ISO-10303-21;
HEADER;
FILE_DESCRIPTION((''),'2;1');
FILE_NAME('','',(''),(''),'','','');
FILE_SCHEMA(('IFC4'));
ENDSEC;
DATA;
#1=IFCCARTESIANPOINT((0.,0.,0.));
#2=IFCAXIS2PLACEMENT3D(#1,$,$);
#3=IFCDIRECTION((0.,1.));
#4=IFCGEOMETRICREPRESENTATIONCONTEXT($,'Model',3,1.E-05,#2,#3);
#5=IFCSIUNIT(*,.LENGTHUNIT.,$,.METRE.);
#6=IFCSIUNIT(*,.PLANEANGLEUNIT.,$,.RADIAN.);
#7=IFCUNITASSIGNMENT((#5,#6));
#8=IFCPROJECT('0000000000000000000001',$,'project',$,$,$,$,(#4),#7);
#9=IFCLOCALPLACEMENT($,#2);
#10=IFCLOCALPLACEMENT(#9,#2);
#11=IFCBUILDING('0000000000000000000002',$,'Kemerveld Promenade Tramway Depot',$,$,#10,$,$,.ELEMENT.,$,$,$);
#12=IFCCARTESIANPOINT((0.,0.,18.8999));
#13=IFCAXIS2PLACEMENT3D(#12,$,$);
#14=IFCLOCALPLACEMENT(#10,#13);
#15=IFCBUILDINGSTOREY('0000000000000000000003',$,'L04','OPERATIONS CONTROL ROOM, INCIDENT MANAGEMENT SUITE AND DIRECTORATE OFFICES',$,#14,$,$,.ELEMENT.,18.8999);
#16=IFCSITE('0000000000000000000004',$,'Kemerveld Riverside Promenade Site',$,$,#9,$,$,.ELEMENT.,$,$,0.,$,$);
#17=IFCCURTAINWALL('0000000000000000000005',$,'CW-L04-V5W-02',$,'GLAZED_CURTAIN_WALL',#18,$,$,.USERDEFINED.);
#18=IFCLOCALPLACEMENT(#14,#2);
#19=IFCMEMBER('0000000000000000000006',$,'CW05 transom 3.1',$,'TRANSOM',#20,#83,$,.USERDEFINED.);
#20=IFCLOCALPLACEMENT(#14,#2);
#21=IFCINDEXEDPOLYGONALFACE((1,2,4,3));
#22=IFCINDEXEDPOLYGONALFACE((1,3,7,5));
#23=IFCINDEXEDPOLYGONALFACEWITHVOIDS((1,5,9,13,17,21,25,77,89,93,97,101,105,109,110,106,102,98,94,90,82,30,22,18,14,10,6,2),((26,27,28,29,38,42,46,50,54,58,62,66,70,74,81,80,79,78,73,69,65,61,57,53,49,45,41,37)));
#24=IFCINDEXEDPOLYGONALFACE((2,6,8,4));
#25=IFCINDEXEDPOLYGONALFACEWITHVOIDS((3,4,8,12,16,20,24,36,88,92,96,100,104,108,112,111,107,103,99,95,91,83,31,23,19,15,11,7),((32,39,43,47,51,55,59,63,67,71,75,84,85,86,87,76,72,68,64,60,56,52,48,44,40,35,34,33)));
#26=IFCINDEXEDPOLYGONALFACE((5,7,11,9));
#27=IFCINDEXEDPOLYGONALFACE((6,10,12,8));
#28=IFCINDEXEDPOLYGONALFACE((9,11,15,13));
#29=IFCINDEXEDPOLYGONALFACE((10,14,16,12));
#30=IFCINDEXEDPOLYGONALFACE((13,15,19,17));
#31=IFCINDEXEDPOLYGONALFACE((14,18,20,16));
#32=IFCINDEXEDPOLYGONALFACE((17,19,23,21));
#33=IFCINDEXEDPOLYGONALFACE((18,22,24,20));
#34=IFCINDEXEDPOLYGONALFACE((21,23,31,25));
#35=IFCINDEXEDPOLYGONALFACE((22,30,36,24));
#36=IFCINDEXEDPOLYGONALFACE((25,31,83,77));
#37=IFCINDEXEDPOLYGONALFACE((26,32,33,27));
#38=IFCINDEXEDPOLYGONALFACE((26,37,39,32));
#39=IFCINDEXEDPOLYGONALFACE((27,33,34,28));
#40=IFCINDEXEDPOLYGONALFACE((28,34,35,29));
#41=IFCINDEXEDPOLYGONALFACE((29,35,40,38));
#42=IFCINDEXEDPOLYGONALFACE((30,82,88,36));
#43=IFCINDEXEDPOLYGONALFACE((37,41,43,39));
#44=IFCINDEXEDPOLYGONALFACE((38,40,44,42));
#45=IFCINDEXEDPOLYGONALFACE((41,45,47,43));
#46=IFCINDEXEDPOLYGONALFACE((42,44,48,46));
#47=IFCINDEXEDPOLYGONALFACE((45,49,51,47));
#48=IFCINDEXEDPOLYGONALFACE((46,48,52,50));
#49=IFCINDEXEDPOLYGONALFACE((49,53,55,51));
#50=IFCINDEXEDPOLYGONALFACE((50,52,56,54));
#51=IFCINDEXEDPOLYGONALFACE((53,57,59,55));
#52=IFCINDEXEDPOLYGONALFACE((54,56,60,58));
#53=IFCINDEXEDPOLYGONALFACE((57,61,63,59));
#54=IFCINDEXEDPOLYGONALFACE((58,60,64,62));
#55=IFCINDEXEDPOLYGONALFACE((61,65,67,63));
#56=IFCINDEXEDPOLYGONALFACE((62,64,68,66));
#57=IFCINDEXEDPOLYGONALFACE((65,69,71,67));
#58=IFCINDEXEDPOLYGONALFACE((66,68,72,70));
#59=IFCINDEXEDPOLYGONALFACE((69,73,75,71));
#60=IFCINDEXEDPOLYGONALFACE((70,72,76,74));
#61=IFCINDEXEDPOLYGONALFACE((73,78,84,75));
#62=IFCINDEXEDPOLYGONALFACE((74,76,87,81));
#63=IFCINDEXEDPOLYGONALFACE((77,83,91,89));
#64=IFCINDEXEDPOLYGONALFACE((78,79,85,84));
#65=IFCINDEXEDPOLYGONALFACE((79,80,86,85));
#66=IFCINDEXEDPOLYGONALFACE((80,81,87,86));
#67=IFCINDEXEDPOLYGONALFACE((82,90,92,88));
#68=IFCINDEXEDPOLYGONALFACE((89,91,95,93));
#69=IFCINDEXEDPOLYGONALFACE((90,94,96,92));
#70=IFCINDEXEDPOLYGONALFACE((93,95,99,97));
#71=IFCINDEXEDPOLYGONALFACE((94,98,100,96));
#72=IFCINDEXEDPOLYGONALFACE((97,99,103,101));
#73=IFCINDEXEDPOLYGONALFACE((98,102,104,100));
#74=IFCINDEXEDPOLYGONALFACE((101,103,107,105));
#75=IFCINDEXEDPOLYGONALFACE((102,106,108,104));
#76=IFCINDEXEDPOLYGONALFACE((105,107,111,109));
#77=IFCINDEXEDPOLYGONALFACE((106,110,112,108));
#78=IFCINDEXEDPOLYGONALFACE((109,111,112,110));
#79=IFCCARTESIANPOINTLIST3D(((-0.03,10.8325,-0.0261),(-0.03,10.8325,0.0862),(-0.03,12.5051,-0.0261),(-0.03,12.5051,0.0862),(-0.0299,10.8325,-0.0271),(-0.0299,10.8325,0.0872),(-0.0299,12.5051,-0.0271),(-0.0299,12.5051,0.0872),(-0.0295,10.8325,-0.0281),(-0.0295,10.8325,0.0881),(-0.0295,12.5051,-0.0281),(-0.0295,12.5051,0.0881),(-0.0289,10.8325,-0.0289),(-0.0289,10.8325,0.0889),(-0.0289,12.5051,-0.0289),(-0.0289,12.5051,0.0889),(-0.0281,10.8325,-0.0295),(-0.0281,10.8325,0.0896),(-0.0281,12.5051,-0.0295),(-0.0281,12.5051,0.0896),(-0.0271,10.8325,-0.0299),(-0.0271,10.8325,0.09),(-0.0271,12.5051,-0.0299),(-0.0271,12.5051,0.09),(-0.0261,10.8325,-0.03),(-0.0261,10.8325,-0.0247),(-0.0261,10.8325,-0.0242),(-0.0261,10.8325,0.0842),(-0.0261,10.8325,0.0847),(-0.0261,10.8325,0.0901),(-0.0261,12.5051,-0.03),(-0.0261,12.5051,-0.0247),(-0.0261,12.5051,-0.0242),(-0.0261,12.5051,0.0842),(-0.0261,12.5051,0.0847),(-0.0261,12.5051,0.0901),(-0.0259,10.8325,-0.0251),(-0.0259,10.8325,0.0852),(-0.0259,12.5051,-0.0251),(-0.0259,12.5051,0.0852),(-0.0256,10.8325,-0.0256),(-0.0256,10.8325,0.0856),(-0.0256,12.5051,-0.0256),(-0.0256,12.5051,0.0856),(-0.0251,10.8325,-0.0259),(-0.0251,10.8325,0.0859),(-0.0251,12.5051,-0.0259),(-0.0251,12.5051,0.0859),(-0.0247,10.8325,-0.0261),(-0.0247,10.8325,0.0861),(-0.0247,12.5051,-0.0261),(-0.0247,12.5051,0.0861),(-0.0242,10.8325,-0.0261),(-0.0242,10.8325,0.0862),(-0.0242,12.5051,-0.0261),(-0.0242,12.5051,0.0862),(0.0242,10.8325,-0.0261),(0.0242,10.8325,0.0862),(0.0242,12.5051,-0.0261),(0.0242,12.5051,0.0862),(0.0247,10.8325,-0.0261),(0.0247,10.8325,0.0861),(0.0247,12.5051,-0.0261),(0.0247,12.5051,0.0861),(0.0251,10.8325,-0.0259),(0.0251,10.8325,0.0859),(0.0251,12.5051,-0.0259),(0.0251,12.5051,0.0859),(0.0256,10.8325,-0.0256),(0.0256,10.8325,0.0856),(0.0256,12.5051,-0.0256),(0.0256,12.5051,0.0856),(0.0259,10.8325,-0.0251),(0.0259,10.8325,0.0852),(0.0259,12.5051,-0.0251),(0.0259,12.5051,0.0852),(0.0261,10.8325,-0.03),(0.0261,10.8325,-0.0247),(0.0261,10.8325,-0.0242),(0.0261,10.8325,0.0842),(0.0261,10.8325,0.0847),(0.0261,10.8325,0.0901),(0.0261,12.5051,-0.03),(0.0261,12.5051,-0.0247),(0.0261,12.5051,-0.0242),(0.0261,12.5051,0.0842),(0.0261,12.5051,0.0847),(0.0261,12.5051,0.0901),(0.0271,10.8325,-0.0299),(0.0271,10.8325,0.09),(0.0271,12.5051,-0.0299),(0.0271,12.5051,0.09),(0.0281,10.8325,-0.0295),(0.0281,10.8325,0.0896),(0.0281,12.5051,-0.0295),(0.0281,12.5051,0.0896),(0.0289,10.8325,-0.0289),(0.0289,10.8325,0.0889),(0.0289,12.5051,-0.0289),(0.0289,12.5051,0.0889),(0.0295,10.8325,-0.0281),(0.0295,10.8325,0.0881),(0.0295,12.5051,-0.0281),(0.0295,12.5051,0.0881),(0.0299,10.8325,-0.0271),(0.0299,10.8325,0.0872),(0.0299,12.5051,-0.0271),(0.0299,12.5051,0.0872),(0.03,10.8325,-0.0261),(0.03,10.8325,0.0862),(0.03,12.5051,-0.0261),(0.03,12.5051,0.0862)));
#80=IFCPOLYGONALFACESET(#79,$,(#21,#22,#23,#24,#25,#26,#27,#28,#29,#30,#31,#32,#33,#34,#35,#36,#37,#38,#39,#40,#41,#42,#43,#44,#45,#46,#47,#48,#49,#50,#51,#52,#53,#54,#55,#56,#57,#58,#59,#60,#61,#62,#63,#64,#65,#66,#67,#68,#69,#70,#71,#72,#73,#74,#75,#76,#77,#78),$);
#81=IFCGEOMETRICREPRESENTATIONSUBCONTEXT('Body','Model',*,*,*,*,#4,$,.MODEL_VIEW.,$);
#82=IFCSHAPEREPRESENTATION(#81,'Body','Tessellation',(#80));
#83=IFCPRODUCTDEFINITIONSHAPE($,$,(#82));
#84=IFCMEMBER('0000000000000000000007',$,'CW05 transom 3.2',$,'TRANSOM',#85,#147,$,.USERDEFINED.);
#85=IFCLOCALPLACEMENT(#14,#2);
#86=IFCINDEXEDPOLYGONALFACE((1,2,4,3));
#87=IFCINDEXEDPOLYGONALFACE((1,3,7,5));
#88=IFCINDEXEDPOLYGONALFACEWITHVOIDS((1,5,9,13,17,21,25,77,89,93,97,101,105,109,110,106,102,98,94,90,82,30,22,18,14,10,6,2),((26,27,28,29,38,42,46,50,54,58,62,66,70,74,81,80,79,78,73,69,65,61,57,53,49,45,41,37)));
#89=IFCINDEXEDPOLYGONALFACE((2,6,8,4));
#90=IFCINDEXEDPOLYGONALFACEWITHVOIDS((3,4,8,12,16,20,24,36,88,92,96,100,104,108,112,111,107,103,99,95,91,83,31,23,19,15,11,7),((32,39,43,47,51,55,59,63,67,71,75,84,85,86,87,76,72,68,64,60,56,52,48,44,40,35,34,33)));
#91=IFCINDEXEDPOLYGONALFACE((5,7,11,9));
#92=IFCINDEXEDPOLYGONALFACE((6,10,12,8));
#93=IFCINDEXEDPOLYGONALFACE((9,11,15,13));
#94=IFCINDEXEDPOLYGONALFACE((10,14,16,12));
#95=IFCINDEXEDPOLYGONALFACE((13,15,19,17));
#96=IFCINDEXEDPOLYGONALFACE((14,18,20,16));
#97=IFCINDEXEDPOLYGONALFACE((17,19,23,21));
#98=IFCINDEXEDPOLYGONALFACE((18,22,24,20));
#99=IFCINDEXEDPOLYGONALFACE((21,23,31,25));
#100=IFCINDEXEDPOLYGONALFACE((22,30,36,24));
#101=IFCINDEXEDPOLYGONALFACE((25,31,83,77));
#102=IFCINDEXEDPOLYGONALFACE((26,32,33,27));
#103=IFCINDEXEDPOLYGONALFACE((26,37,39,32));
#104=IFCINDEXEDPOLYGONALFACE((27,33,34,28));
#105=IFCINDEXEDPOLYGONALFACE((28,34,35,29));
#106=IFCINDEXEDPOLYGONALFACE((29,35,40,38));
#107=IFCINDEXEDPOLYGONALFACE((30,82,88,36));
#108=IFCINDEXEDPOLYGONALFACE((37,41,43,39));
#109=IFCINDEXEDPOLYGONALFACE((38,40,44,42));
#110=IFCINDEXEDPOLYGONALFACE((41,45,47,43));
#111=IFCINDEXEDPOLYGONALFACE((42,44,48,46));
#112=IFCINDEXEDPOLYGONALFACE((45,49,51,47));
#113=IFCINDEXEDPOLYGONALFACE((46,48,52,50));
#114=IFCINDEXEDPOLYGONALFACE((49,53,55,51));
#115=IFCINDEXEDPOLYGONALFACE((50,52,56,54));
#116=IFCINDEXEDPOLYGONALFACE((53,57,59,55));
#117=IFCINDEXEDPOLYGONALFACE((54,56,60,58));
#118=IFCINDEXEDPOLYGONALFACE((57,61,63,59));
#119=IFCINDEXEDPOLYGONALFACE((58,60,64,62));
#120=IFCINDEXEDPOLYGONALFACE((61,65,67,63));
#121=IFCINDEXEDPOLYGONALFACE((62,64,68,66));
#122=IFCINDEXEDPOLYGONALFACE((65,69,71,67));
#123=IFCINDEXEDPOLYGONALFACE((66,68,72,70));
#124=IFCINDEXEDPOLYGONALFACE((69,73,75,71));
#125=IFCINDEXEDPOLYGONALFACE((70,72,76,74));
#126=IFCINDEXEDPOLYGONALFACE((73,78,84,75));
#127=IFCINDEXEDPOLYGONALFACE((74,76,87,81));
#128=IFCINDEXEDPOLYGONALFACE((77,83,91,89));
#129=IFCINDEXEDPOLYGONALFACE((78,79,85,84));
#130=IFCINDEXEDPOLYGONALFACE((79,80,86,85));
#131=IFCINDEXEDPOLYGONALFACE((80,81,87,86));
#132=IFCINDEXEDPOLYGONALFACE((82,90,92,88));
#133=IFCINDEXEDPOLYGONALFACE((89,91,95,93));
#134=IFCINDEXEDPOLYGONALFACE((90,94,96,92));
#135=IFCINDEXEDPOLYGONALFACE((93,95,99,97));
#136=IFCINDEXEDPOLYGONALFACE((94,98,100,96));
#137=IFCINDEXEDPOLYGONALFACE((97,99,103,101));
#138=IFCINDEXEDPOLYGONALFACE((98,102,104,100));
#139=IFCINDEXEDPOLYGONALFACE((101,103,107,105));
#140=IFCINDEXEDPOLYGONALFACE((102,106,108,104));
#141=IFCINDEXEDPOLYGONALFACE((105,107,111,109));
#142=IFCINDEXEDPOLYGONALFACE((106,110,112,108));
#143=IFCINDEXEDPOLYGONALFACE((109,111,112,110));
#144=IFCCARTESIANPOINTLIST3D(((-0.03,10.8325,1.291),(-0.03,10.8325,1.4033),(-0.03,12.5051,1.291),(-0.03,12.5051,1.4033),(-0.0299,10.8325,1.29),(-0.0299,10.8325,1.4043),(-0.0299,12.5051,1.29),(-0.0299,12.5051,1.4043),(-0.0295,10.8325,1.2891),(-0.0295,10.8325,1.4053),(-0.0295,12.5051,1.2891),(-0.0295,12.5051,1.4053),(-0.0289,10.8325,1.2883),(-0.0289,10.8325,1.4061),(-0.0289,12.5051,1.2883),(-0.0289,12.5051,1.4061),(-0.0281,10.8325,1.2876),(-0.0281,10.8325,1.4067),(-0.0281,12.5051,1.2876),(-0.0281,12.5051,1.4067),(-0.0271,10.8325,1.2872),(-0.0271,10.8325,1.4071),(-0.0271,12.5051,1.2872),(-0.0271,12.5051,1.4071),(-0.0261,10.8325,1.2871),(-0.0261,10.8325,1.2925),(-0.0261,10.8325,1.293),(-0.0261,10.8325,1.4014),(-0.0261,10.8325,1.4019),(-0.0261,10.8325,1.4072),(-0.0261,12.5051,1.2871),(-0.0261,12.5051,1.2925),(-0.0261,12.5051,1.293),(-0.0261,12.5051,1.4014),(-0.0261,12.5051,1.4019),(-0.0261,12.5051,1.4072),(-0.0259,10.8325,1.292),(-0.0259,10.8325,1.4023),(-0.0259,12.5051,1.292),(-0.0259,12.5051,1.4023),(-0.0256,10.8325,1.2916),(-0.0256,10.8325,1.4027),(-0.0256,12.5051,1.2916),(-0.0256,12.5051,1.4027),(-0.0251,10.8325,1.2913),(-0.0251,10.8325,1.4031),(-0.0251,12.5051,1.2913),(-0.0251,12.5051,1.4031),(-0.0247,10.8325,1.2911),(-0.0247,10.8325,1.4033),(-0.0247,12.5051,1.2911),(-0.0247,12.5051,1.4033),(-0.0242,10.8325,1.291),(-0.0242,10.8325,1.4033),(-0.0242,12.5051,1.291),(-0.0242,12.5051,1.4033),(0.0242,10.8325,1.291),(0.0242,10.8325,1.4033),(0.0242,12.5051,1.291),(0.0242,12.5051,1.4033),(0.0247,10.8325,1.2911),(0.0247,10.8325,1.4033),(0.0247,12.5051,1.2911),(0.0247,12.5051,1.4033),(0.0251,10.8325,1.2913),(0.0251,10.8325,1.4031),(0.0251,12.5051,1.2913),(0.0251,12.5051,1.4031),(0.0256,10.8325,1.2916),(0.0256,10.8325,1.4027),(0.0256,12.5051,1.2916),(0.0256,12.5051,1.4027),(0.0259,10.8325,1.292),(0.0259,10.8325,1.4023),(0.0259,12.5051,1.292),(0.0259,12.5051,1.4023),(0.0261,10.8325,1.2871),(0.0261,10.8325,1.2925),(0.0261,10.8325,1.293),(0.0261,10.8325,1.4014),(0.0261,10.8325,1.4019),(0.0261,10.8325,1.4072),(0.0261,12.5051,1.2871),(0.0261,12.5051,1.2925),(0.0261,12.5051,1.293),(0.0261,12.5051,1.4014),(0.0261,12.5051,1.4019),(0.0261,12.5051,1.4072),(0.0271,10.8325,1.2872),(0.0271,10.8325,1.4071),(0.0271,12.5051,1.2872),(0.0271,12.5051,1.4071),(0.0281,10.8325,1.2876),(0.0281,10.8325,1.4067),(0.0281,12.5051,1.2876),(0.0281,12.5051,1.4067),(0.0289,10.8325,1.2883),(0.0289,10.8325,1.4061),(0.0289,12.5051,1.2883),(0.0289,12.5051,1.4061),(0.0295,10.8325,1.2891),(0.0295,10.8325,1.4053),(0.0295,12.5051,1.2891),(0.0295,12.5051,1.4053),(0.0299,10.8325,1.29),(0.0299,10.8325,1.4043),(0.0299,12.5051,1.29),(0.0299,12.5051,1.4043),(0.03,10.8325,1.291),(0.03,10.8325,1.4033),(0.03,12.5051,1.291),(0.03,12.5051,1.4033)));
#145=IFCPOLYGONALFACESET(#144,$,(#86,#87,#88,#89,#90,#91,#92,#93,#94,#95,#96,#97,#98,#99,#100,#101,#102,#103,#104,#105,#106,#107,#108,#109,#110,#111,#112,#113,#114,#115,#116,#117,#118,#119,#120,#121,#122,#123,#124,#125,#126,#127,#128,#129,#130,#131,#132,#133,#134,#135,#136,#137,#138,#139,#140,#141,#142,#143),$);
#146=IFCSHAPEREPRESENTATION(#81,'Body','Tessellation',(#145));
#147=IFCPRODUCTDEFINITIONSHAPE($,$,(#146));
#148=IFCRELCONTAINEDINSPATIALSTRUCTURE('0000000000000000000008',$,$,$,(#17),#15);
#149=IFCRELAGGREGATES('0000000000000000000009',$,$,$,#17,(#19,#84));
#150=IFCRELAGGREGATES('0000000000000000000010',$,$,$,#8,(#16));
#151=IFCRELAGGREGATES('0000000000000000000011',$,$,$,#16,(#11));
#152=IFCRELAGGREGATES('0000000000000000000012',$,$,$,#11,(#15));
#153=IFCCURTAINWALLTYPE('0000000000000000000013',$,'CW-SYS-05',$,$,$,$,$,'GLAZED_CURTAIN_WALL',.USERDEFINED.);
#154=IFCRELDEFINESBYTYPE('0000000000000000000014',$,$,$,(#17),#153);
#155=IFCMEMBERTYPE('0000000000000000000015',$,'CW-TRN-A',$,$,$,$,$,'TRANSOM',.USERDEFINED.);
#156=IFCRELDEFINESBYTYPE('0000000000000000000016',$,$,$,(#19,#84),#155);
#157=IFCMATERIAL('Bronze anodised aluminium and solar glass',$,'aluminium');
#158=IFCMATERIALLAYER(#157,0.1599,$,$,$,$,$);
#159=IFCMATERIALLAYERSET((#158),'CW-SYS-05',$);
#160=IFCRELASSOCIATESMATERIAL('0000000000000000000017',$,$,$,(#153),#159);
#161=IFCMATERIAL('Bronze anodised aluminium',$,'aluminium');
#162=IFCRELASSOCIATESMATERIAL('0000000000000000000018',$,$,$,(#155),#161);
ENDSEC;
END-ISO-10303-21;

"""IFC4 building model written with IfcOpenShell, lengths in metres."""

from ifc_helpers import new_model, si_unit, direction, frame, origin, origin_2d, place, context, subcontext, project, spatial, hollow_rectangle, extrude, material, layer, layer_set, material_profile, profile_set, type_object, element, aggregate, save


model = new_model("IFC4")

# Units and contexts
model_context = context("Model", 3, precision=1e-05, world=origin(), true_north=direction((0.0, 1.0)))
body_context = subcontext(model_context, "Body", "Model", "MODEL_VIEW")
ifc_project = project(units=[si_unit("LENGTHUNIT", "METRE"), si_unit("PLANEANGLEUNIT", "RADIAN")], contexts=[model_context])

# Site, building, storey
site_placement = place(None, origin())
site = spatial("IfcSite", under=ifc_project, at=site_placement, Name="Kemerveld Riverside Promenade Site", CompositionType="ELEMENT", RefElevation=0.0)
building_placement = place(site_placement, origin())
building = spatial("IfcBuilding", under=site, at=building_placement, Name="Kemerveld Promenade Tramway Depot", CompositionType="ELEMENT")
storey_placement = place(building_placement, frame((0.0, 0.0, 18.8999)))
storey = spatial("IfcBuildingStorey", under=building, at=storey_placement, Name="L04", Description="OPERATIONS CONTROL ROOM, INCIDENT MANAGEMENT SUITE AND DIRECTORATE OFFICES", CompositionType="ELEMENT", Elevation=18.8999)

# Curtain wall, members
ifc_material_1 = material(Name="Bronze anodised aluminium and solar glass", Category="aluminium")
ifc_layer_1 = layer(ifc_material_1, 0.1599)
ifc_layer_set_1 = layer_set([ifc_layer_1], Name="CW-SYS-05")
curtain_wall_type = type_object("IfcCurtainWallType", Name="CW-SYS-05", ElementType="GLAZED_CURTAIN_WALL", PredefinedType="USERDEFINED", material=ifc_layer_set_1)
curtain_wall_placement = place(storey_placement, origin())
curtain_wall = element("IfcCurtainWall", 1, at=curtain_wall_placement, inside=storey, type_object=curtain_wall_type, Name="CW-L04-V5W-02", ObjectType="GLAZED_CURTAIN_WALL", PredefinedType="USERDEFINED")
ifc_material_2 = material(Name="Bronze anodised aluminium", Category="aluminium")
ifc_material_profile_1 = material_profile(ifc_material_2, hollow_rectangle(XDim=0.0601, YDim=0.1201, WallThickness=0.0039, InnerFilletRadius=0.002, OuterFilletRadius=0.0039, at=origin_2d()), Name="CW-TRN-120x60")
ifc_profile_set_1 = profile_set([ifc_material_profile_1], Name="Bronze anodised aluminium")
member_type_1 = type_object("IfcMemberType", Name="CW-TRN-A", ElementType="TRANSOM", PredefinedType="USERDEFINED", material=ifc_profile_set_1)
member_1_placement = place(storey_placement, frame((0.0, 10.8325, 0.03), z_axis=(0.0, 1.0, 0.0), x_axis=(-1.0, 0.0, 0.0)))
member_1 = element("IfcMember", 2, at=member_1_placement, type_object=member_type_1, Name="CW05 transom 3.1", ObjectType="TRANSOM", PredefinedType="USERDEFINED", context=body_context, shape_type="SweptSolid", body=[
    extrude(hollow_rectangle(XDim=0.0601, YDim=0.1201, WallThickness=0.0039, InnerFilletRadius=0.002, OuterFilletRadius=0.0039, at=origin_2d()), origin(), (0.0, 0.0, 1.0), 1.6726),
])
member_2_placement = place(storey_placement, frame((0.0, 10.8325, 1.3472), z_axis=(0.0, 1.0, 0.0), x_axis=(-1.0, 0.0, 0.0)))
member_2 = element("IfcMember", 3, at=member_2_placement, type_object=member_type_1, Name="CW05 transom 3.2", ObjectType="TRANSOM", PredefinedType="USERDEFINED", context=body_context, shape_type="SweptSolid", body=[
    extrude(hollow_rectangle(XDim=0.0601, YDim=0.1201, WallThickness=0.0039, InnerFilletRadius=0.002, OuterFilletRadius=0.0039, at=origin_2d()), origin(), (0.0, 0.0, 1.0), 1.6726),
])
aggregate(curtain_wall, [member_1, member_2])

save(model, "model.ifc")
